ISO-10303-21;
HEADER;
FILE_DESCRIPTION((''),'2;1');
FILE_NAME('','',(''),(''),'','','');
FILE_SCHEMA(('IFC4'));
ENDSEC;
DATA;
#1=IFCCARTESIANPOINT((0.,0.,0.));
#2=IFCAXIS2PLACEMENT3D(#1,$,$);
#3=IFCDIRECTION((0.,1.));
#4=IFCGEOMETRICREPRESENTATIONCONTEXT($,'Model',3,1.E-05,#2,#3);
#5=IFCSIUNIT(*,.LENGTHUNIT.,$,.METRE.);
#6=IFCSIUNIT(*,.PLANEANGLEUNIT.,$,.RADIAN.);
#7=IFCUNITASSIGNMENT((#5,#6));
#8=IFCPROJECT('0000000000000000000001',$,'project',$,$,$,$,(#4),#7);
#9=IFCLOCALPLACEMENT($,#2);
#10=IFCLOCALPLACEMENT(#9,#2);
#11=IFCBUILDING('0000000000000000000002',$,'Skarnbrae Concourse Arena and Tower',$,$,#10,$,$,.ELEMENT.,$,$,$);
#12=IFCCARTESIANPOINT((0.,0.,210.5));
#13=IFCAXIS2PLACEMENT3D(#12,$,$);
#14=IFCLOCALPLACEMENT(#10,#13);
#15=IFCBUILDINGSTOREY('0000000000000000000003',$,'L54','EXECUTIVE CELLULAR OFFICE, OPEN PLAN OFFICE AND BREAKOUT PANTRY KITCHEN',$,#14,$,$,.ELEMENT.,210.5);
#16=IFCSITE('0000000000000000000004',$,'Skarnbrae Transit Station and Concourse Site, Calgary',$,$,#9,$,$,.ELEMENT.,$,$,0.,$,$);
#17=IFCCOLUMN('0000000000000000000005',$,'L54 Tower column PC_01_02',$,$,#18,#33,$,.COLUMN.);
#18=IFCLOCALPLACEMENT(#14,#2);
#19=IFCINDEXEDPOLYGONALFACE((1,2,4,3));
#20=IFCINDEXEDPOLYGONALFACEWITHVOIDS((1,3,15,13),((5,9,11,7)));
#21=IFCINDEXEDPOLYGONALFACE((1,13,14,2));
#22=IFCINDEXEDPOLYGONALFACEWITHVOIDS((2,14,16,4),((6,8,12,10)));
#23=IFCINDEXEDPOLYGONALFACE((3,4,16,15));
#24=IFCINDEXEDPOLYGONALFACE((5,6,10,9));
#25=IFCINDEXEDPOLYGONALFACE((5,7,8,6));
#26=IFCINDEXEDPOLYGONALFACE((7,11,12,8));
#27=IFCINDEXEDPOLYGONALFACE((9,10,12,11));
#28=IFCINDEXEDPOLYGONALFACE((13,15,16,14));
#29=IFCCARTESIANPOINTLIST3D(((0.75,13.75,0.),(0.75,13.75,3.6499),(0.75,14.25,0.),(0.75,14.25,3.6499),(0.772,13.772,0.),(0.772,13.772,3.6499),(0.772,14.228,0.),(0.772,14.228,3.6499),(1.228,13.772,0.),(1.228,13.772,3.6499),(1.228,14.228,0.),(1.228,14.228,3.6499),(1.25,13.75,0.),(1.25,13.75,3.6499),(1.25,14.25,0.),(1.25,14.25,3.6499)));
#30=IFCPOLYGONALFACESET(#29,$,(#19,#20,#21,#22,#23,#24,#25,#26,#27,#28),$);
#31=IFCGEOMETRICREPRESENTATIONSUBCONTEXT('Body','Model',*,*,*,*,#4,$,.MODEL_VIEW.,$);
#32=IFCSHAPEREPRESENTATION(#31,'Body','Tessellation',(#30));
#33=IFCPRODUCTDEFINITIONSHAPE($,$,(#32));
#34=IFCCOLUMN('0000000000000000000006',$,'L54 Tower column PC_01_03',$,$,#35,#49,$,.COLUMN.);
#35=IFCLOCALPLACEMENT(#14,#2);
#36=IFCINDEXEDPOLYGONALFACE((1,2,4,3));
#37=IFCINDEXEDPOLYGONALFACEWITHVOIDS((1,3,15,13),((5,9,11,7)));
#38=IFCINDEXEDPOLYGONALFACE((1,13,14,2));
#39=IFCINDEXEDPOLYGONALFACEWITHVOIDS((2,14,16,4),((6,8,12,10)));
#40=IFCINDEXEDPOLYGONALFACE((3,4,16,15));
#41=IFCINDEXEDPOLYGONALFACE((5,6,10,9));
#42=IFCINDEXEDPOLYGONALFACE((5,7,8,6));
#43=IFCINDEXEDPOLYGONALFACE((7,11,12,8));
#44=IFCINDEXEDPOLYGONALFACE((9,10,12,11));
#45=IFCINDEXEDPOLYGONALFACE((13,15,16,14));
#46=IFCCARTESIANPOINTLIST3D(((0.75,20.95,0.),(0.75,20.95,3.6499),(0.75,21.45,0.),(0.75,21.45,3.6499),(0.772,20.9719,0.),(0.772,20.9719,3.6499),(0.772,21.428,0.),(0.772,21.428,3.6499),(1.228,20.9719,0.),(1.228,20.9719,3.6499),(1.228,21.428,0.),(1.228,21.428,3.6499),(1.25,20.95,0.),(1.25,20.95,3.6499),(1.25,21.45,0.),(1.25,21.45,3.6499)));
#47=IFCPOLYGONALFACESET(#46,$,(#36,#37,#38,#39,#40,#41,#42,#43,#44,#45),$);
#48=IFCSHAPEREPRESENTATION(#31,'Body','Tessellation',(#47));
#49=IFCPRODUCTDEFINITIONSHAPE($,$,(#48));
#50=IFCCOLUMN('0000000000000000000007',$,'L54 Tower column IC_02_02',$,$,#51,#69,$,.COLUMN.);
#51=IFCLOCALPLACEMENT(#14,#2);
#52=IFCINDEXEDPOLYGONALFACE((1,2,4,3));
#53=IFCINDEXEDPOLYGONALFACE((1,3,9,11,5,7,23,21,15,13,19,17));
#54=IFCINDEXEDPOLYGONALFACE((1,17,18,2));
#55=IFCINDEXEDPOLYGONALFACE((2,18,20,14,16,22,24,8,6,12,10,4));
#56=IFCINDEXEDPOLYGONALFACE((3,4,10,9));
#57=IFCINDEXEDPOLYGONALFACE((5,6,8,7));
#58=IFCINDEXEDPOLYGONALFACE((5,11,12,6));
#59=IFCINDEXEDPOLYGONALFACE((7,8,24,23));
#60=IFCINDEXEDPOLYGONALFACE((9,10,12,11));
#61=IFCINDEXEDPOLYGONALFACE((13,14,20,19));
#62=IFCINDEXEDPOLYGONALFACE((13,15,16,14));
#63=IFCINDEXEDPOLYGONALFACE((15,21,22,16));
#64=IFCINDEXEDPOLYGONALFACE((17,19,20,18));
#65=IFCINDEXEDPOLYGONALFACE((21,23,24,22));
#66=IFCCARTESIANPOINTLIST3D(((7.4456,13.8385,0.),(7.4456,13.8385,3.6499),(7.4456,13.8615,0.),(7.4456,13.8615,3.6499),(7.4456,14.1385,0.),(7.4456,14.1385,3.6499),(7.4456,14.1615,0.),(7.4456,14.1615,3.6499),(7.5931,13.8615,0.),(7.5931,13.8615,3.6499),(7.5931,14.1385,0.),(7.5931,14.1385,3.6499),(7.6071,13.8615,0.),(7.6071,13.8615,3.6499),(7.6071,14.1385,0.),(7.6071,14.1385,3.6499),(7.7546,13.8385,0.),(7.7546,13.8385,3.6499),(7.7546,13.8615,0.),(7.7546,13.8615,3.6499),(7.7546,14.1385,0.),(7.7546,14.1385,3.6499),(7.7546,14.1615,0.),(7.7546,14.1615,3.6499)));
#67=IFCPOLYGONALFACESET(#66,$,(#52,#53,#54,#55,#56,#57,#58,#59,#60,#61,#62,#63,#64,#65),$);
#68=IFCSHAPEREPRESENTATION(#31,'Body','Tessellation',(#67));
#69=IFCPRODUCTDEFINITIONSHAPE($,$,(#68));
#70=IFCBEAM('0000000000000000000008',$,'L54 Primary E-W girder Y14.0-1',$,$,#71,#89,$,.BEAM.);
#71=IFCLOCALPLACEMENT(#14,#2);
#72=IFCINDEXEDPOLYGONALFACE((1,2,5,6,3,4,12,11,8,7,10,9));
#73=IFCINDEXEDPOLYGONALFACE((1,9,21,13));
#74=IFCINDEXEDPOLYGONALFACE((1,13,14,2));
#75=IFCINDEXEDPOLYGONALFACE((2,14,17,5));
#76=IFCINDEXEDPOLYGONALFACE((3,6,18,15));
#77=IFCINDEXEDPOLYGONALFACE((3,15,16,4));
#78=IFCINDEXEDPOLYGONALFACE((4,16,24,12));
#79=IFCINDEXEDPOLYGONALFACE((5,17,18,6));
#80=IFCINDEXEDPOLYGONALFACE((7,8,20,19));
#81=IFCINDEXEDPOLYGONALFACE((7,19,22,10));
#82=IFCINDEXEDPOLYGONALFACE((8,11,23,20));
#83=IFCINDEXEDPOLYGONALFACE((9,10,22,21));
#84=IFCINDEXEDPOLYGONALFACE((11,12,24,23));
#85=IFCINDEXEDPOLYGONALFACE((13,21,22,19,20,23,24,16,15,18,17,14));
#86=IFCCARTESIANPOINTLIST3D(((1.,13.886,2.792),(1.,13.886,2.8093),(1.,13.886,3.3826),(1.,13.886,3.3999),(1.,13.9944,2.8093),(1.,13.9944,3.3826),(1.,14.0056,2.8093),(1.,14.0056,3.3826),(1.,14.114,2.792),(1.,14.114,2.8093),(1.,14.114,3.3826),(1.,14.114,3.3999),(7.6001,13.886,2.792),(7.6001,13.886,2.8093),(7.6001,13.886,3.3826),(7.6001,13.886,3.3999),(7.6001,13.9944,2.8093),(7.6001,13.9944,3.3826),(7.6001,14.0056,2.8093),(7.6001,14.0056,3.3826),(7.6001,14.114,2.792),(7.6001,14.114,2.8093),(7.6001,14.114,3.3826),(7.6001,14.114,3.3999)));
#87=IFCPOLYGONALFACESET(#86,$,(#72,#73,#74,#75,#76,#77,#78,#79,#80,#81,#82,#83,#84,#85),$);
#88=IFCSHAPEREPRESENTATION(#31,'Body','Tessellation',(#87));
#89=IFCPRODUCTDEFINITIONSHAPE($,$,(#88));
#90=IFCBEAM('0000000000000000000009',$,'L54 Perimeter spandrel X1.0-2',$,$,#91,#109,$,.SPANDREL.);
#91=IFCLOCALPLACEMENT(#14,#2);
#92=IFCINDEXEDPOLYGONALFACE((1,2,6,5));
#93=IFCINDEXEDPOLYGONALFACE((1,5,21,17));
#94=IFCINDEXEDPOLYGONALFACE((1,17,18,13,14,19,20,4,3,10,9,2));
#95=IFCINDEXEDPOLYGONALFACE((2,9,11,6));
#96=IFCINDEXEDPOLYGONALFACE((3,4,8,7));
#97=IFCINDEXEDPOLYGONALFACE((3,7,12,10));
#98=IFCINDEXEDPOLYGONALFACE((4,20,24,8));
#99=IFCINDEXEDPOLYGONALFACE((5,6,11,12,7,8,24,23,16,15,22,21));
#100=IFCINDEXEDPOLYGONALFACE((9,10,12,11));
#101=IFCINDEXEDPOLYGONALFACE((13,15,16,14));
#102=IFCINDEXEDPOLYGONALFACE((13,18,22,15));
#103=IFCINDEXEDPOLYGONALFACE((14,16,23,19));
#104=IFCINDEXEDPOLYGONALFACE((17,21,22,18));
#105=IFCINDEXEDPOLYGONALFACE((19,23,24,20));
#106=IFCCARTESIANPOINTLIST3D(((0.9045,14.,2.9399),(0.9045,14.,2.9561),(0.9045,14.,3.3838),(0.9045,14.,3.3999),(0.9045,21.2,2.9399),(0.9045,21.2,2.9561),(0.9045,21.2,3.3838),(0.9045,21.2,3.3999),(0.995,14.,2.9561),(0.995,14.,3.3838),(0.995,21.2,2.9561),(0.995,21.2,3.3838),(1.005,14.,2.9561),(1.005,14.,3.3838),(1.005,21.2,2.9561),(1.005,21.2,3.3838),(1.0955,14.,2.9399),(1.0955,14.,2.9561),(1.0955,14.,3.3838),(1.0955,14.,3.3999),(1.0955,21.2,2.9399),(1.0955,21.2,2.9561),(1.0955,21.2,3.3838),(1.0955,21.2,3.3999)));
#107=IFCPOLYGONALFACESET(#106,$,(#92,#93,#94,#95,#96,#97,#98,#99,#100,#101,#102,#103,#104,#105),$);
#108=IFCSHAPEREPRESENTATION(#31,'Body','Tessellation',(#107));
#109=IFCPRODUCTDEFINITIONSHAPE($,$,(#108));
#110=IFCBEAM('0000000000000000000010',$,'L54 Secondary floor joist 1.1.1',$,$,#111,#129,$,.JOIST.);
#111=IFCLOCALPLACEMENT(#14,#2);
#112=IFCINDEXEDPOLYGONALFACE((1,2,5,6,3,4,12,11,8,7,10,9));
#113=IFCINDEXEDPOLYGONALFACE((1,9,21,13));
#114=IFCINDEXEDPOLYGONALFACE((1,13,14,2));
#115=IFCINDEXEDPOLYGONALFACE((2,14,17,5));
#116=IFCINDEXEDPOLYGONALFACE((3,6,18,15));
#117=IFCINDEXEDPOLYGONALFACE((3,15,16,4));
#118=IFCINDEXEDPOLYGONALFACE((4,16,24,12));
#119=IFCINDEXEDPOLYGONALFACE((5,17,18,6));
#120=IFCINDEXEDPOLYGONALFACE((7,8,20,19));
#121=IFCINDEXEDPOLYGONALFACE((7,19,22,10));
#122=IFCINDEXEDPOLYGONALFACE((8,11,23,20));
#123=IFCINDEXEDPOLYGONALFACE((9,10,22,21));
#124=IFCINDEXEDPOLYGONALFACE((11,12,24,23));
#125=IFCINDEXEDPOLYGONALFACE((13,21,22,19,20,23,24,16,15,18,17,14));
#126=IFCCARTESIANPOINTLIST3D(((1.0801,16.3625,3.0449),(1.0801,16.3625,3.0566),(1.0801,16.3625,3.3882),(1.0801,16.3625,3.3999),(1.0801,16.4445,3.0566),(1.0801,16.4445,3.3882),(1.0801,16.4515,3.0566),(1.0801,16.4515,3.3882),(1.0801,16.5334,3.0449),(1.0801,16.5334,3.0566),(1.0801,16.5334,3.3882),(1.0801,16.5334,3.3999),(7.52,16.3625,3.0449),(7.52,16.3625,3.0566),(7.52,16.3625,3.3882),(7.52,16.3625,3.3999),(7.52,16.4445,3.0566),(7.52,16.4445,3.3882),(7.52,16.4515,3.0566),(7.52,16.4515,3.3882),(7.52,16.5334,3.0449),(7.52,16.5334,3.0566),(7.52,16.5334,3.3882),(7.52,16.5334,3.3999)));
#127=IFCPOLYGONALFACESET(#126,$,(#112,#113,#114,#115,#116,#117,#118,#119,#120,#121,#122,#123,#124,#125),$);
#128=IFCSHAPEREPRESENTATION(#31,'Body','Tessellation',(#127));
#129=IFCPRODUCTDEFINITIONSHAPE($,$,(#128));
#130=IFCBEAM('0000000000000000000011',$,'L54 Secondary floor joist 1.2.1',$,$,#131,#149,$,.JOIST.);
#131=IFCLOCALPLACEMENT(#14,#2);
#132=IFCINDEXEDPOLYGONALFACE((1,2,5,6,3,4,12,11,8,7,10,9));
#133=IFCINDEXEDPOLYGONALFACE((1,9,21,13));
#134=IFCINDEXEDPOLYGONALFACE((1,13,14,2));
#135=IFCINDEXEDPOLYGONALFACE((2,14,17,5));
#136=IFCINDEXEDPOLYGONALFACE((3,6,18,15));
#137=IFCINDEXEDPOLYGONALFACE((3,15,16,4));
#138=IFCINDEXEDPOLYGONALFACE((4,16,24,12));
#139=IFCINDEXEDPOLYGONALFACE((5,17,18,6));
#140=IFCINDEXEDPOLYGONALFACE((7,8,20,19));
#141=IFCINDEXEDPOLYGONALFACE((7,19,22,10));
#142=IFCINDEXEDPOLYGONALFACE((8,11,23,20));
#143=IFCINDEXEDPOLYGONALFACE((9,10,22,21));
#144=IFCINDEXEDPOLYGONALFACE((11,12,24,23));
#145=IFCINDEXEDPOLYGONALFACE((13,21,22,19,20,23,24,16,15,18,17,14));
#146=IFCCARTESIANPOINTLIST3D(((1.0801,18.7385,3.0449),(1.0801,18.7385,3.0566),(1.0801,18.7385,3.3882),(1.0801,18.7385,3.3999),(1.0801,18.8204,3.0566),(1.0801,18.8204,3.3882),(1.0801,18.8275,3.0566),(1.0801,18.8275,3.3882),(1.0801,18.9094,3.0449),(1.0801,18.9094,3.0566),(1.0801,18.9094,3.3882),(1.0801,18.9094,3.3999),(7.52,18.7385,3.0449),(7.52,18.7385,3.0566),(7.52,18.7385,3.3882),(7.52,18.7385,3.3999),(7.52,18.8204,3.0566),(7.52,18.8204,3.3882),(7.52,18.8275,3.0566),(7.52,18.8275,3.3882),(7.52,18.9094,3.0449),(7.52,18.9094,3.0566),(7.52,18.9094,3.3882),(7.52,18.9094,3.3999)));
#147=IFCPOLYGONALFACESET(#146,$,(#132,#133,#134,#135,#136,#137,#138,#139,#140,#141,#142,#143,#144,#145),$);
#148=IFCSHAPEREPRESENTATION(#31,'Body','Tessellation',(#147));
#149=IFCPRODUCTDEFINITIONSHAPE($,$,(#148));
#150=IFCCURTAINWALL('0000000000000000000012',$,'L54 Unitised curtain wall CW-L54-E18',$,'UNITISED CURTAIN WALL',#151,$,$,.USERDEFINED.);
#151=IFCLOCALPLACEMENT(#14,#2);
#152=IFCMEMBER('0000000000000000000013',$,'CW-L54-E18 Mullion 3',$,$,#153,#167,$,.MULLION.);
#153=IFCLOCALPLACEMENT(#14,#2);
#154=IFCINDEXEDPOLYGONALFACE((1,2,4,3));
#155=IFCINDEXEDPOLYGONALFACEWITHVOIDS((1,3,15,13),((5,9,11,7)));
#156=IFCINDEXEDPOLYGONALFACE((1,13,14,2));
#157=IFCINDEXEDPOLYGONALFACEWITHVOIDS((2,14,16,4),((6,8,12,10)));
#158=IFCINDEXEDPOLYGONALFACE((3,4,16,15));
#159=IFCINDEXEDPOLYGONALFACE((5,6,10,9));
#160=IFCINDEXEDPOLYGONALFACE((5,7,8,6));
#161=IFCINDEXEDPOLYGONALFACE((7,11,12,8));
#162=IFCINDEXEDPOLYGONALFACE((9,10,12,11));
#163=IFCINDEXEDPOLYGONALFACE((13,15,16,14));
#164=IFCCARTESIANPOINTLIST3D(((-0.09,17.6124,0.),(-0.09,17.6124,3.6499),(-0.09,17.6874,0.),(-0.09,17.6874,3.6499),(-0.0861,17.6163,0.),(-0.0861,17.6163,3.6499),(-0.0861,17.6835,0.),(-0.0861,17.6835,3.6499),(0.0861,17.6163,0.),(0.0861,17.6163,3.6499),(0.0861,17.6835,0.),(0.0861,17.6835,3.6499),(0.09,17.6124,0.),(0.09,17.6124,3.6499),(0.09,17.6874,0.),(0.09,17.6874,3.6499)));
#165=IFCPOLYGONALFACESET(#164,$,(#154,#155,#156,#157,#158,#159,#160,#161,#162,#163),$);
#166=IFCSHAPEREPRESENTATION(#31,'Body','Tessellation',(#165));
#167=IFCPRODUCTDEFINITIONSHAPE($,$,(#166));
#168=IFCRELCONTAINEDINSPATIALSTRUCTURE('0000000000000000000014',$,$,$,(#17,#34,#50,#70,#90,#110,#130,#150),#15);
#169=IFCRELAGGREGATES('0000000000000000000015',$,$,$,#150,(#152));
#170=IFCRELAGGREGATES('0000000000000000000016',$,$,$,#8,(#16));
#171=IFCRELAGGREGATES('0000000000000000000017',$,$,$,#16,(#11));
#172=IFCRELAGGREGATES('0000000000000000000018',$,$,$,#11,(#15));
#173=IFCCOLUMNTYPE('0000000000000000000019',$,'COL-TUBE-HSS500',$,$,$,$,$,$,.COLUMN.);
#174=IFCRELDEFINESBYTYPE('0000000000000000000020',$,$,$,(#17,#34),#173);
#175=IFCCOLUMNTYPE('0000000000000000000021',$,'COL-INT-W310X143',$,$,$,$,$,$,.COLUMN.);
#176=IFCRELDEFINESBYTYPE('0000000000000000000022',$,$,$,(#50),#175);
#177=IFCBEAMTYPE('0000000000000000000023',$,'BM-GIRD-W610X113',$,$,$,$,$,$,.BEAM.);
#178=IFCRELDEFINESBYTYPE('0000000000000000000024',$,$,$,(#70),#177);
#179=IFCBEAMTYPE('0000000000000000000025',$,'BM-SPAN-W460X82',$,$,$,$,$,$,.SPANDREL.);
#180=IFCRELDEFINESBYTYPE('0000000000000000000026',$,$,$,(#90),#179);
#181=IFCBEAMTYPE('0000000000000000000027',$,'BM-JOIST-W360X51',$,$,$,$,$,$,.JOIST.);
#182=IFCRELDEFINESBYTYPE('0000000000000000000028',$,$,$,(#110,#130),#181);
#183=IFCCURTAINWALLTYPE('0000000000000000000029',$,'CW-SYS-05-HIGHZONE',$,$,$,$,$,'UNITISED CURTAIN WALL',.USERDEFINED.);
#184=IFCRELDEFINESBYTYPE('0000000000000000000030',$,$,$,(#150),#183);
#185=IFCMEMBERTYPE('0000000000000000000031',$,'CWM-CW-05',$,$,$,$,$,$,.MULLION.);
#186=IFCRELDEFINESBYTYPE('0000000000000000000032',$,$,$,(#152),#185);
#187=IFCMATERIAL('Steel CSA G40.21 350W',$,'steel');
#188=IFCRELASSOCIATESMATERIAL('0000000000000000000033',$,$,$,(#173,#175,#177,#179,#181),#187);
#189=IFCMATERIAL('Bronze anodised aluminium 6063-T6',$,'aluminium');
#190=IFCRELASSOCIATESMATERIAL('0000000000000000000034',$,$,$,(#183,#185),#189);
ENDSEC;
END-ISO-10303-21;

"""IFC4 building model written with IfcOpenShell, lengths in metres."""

from ifc_helpers import new_model, si_unit, direction, frame, origin, origin_2d, place, context, subcontext, project, spatial, hollow_rectangle, i_section, extrude, source, transform, mapped, material, material_profile, profile_set, type_object, element, aggregate, save


model = new_model("IFC4")

# Units and contexts
model_context = context("Model", 3, precision=1e-05, world=origin(), true_north=direction((0.0, 1.0)))
body_context = subcontext(model_context, "Body", "Model", "MODEL_VIEW")
ifc_project = project(units=[si_unit("LENGTHUNIT", "METRE"), si_unit("PLANEANGLEUNIT", "RADIAN")], contexts=[model_context])

# Site, building, storey
site_placement = place(None, origin())
site = spatial("IfcSite", under=ifc_project, at=site_placement, Name="Skarnbrae Transit Station and Concourse Site, Calgary", CompositionType="ELEMENT", RefElevation=0.0)
building_placement = place(site_placement, origin())
building = spatial("IfcBuilding", under=site, at=building_placement, Name="Skarnbrae Concourse Arena and Tower", CompositionType="ELEMENT")
storey_placement = place(building_placement, frame((0.0, 0.0, 210.5)))
storey = spatial("IfcBuildingStorey", under=building, at=storey_placement, Name="L54", Description="EXECUTIVE CELLULAR OFFICE, OPEN PLAN OFFICE AND BREAKOUT PANTRY KITCHEN", CompositionType="ELEMENT", Elevation=210.5)

# Columns
ifc_material_1 = material(Name="Steel CSA G40.21 350W", Category="steel")
ifc_material_profile_1 = material_profile(ifc_material_1, hollow_rectangle(XDim=0.5, YDim=0.5, WallThickness=0.022, at=origin_2d()), Name="HSS500X500X22.0")
ifc_profile_set_1 = profile_set([ifc_material_profile_1], Name="Steel CSA G40.21 350W")
column_type_1 = type_object("IfcColumnType", Name="COL-TUBE-HSS500", PredefinedType="COLUMN", material=ifc_profile_set_1)
shared_shape_1 = source(origin(), body_context, "Body", "SweptSolid", [
    extrude(hollow_rectangle(XDim=0.5, YDim=0.5, WallThickness=0.022, at=origin_2d()), origin(), (0.0, 0.0, 1.0), 3.6499),
])
for number, where, z_axis, x_axis, name in (
    (1, (1.0, 14.0, 0.0), (0.0, 0.0, 1.0), (1.0, 0.0, 0.0), "L54 Tower column PC_01_02"),
    (2, (1.0, 21.2, 0.0), (0.0, 0.0, 1.0), (1.0, 0.0, 0.0), "L54 Tower column PC_01_03"),
):
    element("IfcColumn", number, at=place(storey_placement, frame(where, z_axis=z_axis, x_axis=x_axis)), inside=storey, type_object=column_type_1, Name=name, PredefinedType="COLUMN", context=body_context, shape_type="MappedRepresentation", body=[
        mapped(shared_shape_1, transform((0.0, 0.0, 0.0))),
    ])
ifc_material_profile_2 = material_profile(ifc_material_1, i_section(OverallWidth=0.3091, OverallDepth=0.323, WebThickness=0.0139, FlangeThickness=0.0229, at=origin_2d()), Name="W310X143")
ifc_profile_set_2 = profile_set([ifc_material_profile_2], Name="Steel CSA G40.21 350W")
column_type_2 = type_object("IfcColumnType", Name="COL-INT-W310X143", PredefinedType="COLUMN", material=ifc_profile_set_2)
shared_shape_2 = source(origin(), body_context, "Body", "SweptSolid", [
    extrude(i_section(OverallWidth=0.3091, OverallDepth=0.323, WebThickness=0.0139, FlangeThickness=0.0229, at=origin_2d()), origin(), (0.0, 0.0, 1.0), 3.6499),
])
column_placement = place(storey_placement, frame((7.6001, 14.0, 0.0), z_axis=(0.0, 0.0, 1.0), x_axis=(1.0, 0.0, 0.0)))
element("IfcColumn", 3, at=column_placement, inside=storey, type_object=column_type_2, Name="L54 Tower column IC_02_02", PredefinedType="COLUMN", context=body_context, shape_type="MappedRepresentation", body=[
    mapped(shared_shape_2, transform((0.0, 0.0, 0.0))),
])

# Beams
ifc_material_profile_3 = material_profile(ifc_material_1, i_section(OverallWidth=0.228, OverallDepth=0.6079, WebThickness=0.0112, FlangeThickness=0.0173, at=origin_2d()), Name="W610X113")
ifc_profile_set_3 = profile_set([ifc_material_profile_3], Name="Steel CSA G40.21 350W")
beam_type_1 = type_object("IfcBeamType", Name="BM-GIRD-W610X113", PredefinedType="BEAM", material=ifc_profile_set_3)
shared_shape_3 = source(origin(), body_context, "Body", "SweptSolid", [
    extrude(i_section(OverallWidth=0.228, OverallDepth=0.6079, WebThickness=0.0112, FlangeThickness=0.0173, at=origin_2d()), origin(), (0.0, 0.0, 1.0), 6.6001),
])
beam_1_placement = place(storey_placement, frame((1.0, 14.0, 3.0959), z_axis=(1.0, 0.0, 0.0), x_axis=(0.0, 1.0, 0.0)))
element("IfcBeam", 4, at=beam_1_placement, inside=storey, type_object=beam_type_1, Name="L54 Primary E-W girder Y14.0-1", PredefinedType="BEAM", context=body_context, shape_type="MappedRepresentation", body=[
    mapped(shared_shape_3, transform((0.0, 0.0, 0.0))),
])
ifc_material_profile_4 = material_profile(ifc_material_1, i_section(OverallWidth=0.1909, OverallDepth=0.46, WebThickness=0.01, FlangeThickness=0.0161, at=origin_2d()), Name="W460X82")
ifc_profile_set_4 = profile_set([ifc_material_profile_4], Name="Steel CSA G40.21 350W")
beam_type_2 = type_object("IfcBeamType", Name="BM-SPAN-W460X82", PredefinedType="SPANDREL", material=ifc_profile_set_4)
shared_shape_4 = source(origin(), body_context, "Body", "SweptSolid", [
    extrude(i_section(OverallWidth=0.1909, OverallDepth=0.46, WebThickness=0.01, FlangeThickness=0.0161, at=origin_2d()), origin(), (0.0, 0.0, 1.0), 7.2),
])
beam_2_placement = place(storey_placement, frame((1.0, 14.0, 3.1699), z_axis=(0.0, 1.0, 0.0), x_axis=(-1.0, 0.0, 0.0)))
element("IfcBeam", 5, at=beam_2_placement, inside=storey, type_object=beam_type_2, Name="L54 Perimeter spandrel X1.0-2", PredefinedType="SPANDREL", context=body_context, shape_type="MappedRepresentation", body=[
    mapped(shared_shape_4, transform((0.0, 0.0, 0.0))),
])
ifc_material_profile_5 = material_profile(ifc_material_1, i_section(OverallWidth=0.1709, OverallDepth=0.355, WebThickness=0.0071, FlangeThickness=0.0117, at=origin_2d()), Name="W360X51")
ifc_profile_set_5 = profile_set([ifc_material_profile_5], Name="Steel CSA G40.21 350W")
beam_type_3 = type_object("IfcBeamType", Name="BM-JOIST-W360X51", PredefinedType="JOIST", material=ifc_profile_set_5)
shared_shape_5 = source(origin(), body_context, "Body", "SweptSolid", [
    extrude(i_section(OverallWidth=0.1709, OverallDepth=0.355, WebThickness=0.0071, FlangeThickness=0.0117, at=origin_2d()), origin(), (0.0, 0.0, 1.0), 6.4399),
])
for number, where, z_axis, x_axis, name in (
    (6, (1.0801, 16.448, 3.2224), (1.0, 0.0, 0.0), (0.0, 1.0, 0.0), "L54 Secondary floor joist 1.1.1"),
    (7, (1.0801, 18.824, 3.2224), (1.0, 0.0, 0.0), (0.0, 1.0, 0.0), "L54 Secondary floor joist 1.2.1"),
):
    element("IfcBeam", number, at=place(storey_placement, frame(where, z_axis=z_axis, x_axis=x_axis)), inside=storey, type_object=beam_type_3, Name=name, PredefinedType="JOIST", context=body_context, shape_type="MappedRepresentation", body=[
        mapped(shared_shape_5, transform((0.0, 0.0, 0.0))),
    ])

# Curtain wall, member
ifc_material_2 = material(Name="Bronze anodised aluminium 6063-T6", Category="aluminium")
curtain_wall_type = type_object("IfcCurtainWallType", Name="CW-SYS-05-HIGHZONE", ElementType="UNITISED CURTAIN WALL", PredefinedType="USERDEFINED", material=ifc_material_2)
curtain_wall_placement = place(storey_placement, origin())
curtain_wall = element("IfcCurtainWall", 8, at=curtain_wall_placement, inside=storey, type_object=curtain_wall_type, Name="L54 Unitised curtain wall CW-L54-E18", ObjectType="UNITISED CURTAIN WALL", PredefinedType="USERDEFINED")
ifc_material_profile_6 = material_profile(ifc_material_2, hollow_rectangle(XDim=0.075, YDim=0.1799, WallThickness=0.0039, at=origin_2d()), Name="ALU-MULL-75X180")
ifc_profile_set_6 = profile_set([ifc_material_profile_6], Name="Bronze anodised aluminium 6063-T6")
member_type_1 = type_object("IfcMemberType", Name="CWM-CW-05", PredefinedType="MULLION", material=ifc_profile_set_6)
shared_shape_6 = source(origin(), body_context, "Body", "SweptSolid", [
    extrude(hollow_rectangle(XDim=0.075, YDim=0.1799, WallThickness=0.0039, at=origin_2d()), origin(), (0.0, 0.0, 1.0), 3.6499),
])
member_1_placement = place(storey_placement, frame((0.0, 17.6499, 0.0), z_axis=(0.0, 0.0, 1.0), x_axis=(0.0, -1.0, 0.0)))
member_1 = element("IfcMember", 9, at=member_1_placement, type_object=member_type_1, Name="CW-L54-E18 Mullion 3", PredefinedType="MULLION", context=body_context, shape_type="MappedRepresentation", body=[
    mapped(shared_shape_6, transform((0.0, 0.0, 0.0))),
])
aggregate(curtain_wall, [member_1])

save(model, "model.ifc")
